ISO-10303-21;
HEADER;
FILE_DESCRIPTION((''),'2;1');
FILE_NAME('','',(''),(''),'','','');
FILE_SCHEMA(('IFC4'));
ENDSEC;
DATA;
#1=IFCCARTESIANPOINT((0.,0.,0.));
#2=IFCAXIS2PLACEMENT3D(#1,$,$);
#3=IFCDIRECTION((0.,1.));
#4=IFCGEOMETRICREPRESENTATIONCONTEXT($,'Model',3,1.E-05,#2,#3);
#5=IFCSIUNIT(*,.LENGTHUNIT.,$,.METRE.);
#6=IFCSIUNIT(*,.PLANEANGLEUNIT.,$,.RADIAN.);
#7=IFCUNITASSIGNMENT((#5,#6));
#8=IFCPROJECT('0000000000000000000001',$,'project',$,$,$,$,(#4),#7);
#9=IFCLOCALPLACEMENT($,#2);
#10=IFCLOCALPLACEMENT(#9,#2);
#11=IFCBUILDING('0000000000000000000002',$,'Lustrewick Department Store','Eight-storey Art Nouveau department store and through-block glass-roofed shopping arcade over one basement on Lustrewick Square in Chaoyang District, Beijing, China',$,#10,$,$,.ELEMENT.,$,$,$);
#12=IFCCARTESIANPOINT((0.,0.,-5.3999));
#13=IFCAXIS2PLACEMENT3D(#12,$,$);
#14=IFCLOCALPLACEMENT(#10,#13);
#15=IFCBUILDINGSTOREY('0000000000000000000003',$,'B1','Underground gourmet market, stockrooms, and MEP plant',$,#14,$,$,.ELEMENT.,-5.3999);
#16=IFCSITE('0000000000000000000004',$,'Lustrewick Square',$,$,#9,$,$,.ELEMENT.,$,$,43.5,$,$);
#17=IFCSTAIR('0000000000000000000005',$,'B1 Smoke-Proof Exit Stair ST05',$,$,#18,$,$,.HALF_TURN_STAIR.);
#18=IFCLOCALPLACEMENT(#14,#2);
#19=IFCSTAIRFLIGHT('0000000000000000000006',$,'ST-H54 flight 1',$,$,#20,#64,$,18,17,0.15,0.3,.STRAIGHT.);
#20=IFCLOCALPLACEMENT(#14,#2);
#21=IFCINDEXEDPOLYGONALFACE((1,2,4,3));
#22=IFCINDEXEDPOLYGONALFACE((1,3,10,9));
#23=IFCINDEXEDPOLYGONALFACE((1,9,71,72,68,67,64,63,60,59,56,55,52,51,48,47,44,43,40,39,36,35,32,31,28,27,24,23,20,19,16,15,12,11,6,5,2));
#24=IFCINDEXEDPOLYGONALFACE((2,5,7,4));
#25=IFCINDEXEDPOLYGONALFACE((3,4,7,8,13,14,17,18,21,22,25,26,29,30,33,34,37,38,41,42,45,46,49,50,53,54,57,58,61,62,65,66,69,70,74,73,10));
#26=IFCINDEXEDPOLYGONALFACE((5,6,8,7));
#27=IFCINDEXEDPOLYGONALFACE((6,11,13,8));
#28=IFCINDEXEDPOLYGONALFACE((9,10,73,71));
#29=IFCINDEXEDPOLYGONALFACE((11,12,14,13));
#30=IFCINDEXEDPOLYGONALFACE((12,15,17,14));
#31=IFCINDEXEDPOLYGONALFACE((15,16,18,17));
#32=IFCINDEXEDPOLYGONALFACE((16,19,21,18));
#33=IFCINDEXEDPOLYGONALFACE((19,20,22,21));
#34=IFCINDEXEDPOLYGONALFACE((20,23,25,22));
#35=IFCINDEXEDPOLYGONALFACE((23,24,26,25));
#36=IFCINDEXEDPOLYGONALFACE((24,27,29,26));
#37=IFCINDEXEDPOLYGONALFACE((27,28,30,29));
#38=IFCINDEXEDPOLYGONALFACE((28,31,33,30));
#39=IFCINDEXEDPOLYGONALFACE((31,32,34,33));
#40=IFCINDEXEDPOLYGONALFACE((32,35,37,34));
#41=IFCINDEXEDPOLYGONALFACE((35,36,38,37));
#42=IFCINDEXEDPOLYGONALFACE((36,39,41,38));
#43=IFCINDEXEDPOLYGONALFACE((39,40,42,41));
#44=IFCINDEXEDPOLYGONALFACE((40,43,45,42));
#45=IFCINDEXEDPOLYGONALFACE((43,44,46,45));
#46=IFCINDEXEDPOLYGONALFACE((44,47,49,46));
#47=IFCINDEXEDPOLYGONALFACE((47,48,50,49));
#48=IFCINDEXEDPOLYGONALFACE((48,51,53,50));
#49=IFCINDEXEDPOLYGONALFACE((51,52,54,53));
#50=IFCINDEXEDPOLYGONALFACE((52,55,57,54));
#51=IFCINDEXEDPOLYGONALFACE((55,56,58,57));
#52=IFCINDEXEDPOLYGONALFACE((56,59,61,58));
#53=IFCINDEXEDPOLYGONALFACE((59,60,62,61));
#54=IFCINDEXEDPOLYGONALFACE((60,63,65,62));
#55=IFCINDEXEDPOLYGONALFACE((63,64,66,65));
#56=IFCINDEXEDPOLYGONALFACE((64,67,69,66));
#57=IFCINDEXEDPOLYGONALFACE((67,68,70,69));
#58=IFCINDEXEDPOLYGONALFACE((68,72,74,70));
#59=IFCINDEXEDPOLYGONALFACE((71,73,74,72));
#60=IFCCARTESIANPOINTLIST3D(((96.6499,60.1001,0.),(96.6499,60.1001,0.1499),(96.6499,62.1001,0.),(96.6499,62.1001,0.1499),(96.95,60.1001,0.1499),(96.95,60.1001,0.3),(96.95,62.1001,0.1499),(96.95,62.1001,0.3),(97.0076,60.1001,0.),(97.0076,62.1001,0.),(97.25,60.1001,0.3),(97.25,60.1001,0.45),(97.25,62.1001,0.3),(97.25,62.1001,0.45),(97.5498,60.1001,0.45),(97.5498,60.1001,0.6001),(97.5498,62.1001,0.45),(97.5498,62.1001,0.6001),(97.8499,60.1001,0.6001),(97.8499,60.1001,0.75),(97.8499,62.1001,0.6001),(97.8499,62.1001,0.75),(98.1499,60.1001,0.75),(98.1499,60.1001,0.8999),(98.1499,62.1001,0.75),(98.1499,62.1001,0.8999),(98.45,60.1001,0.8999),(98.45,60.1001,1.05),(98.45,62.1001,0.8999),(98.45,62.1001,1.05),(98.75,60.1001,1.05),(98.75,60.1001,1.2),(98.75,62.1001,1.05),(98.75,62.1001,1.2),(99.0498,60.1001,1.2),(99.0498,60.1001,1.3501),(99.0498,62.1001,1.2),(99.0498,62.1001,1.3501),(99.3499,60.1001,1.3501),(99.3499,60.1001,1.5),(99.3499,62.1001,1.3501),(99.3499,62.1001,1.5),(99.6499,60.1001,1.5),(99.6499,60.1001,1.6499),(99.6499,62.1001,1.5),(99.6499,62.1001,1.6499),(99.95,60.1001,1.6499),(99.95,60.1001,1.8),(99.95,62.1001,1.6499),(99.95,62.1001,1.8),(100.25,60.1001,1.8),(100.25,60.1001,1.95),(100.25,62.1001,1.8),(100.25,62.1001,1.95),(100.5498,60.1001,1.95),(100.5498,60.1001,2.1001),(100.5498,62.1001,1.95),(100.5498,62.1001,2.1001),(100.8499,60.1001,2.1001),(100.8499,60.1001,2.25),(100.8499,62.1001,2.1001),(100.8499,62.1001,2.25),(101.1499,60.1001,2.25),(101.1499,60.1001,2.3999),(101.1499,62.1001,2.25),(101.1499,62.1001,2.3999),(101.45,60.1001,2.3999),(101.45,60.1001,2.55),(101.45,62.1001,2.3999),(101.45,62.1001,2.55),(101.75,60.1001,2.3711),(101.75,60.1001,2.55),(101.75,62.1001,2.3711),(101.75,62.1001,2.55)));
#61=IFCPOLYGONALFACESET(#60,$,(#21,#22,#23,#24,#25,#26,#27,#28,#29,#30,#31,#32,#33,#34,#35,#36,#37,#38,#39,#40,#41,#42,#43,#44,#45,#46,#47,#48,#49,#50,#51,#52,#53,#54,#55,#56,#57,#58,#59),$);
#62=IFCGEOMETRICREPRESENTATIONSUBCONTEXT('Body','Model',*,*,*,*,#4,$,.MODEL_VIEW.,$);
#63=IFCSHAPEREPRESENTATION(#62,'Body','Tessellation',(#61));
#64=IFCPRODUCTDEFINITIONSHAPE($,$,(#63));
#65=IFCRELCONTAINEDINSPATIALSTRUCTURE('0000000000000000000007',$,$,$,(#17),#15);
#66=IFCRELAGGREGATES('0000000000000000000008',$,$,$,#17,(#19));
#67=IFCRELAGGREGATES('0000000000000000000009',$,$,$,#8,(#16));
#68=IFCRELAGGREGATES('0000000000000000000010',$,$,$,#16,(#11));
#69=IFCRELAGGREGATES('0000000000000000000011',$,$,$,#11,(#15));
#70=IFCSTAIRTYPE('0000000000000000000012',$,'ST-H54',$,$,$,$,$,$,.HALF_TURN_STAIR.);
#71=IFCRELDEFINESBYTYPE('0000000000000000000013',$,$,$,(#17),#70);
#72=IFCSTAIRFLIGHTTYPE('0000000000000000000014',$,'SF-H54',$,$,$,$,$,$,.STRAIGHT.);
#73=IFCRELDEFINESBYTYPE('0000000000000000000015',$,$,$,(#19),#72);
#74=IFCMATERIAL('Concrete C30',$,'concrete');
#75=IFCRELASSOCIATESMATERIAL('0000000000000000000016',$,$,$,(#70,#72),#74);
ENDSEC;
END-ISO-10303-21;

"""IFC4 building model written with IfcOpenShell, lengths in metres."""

from ifc_helpers import new_model, si_unit, direction, frame, origin, place, context, subcontext, project, spatial, polyline, outline, extrude, material, type_object, element, aggregate, save


model = new_model("IFC4")

# Units and contexts
model_context = context("Model", 3, precision=1e-05, world=origin(), true_north=direction((0.0, 1.0)))
body_context = subcontext(model_context, "Body", "Model", "MODEL_VIEW")
ifc_project = project(units=[si_unit("LENGTHUNIT", "METRE"), si_unit("PLANEANGLEUNIT", "RADIAN")], contexts=[model_context])

# Site, building, storey
site_placement = place(None, origin())
site = spatial("IfcSite", under=ifc_project, at=site_placement, Name="Lustrewick Square", CompositionType="ELEMENT", RefElevation=43.5)
building_placement = place(site_placement, origin())
building = spatial("IfcBuilding", under=site, at=building_placement, Name="Lustrewick Department Store", Description="Eight-storey Art Nouveau department store and through-block glass-roofed shopping arcade over one basement on Lustrewick Square in Chaoyang District, Beijing, China", CompositionType="ELEMENT")
storey_placement = place(building_placement, frame((0.0, 0.0, -5.3999)))
storey = spatial("IfcBuildingStorey", under=building, at=storey_placement, Name="B1", Description="Underground gourmet market, stockrooms, and MEP plant", CompositionType="ELEMENT", Elevation=-5.3999)

# Stair, stair flight
ifc_material_1 = material(Name="Concrete C30", Category="concrete")
stair_type = type_object("IfcStairType", Name="ST-H54", PredefinedType="HALF_TURN_STAIR", material=ifc_material_1)
stair_placement = place(storey_placement, origin())
stair = element("IfcStair", 1, at=stair_placement, inside=storey, type_object=stair_type, Name="B1 Smoke-Proof Exit Stair ST05", PredefinedType="HALF_TURN_STAIR")
stair_flight_type = type_object("IfcStairFlightType", Name="SF-H54", PredefinedType="STRAIGHT", material=ifc_material_1)
stair_flight_placement = place(storey_placement, frame((96.6499, 61.1001, 0.0), z_axis=(0.0, 0.0, 1.0), x_axis=(1.0, 0.0, 0.0)))
stair_flight = element("IfcStairFlight", 2, at=stair_flight_placement, type_object=stair_flight_type, Name="ST-H54 flight 1", NumberOfRisers=18, NumberOfTreads=17, PredefinedType="STRAIGHT", RiserHeight=0.15, TreadLength=0.3, context=body_context, shape_type="SweptSolid", body=[
    extrude(outline(polyline([(0.0, 0.0), (0.0, 0.1499), (0.3, 0.1499), (0.3, 0.3), (0.6001, 0.3), (0.6001, 0.45), (0.8999, 0.45), (0.8999, 0.6001), (1.2, 0.6001), (1.2, 0.75), (1.5, 0.75), (1.5, 0.8999), (1.8, 0.8999), (1.8, 1.05), (2.1001, 1.05), (2.1001, 1.2), (2.3999, 1.2), (2.3999, 1.3501), (2.7, 1.3501), (2.7, 1.5), (3.0, 1.5), (3.0, 1.6499), (3.3, 1.6499), (3.3, 1.8), (3.6001, 1.8), (3.6001, 1.95), (3.8999, 1.95), (3.8999, 2.1001), (4.2, 2.1001), (4.2, 2.25), (4.5, 2.25), (4.5, 2.3999), (4.8, 2.3999), (4.8, 2.55), (5.1001, 2.55), (5.1001, 2.7), (5.1001, 2.3711), (0.3577, 0.0), (0.0, 0.0)])), frame((0.0, 1.0, 0.0), z_axis=(0.0, -1.0, 0.0), x_axis=(1.0, 0.0, 0.0)), (0.0, 0.0, 1.0), 2.0),
])
aggregate(stair, [stair_flight])

save(model, "model.ifc")
